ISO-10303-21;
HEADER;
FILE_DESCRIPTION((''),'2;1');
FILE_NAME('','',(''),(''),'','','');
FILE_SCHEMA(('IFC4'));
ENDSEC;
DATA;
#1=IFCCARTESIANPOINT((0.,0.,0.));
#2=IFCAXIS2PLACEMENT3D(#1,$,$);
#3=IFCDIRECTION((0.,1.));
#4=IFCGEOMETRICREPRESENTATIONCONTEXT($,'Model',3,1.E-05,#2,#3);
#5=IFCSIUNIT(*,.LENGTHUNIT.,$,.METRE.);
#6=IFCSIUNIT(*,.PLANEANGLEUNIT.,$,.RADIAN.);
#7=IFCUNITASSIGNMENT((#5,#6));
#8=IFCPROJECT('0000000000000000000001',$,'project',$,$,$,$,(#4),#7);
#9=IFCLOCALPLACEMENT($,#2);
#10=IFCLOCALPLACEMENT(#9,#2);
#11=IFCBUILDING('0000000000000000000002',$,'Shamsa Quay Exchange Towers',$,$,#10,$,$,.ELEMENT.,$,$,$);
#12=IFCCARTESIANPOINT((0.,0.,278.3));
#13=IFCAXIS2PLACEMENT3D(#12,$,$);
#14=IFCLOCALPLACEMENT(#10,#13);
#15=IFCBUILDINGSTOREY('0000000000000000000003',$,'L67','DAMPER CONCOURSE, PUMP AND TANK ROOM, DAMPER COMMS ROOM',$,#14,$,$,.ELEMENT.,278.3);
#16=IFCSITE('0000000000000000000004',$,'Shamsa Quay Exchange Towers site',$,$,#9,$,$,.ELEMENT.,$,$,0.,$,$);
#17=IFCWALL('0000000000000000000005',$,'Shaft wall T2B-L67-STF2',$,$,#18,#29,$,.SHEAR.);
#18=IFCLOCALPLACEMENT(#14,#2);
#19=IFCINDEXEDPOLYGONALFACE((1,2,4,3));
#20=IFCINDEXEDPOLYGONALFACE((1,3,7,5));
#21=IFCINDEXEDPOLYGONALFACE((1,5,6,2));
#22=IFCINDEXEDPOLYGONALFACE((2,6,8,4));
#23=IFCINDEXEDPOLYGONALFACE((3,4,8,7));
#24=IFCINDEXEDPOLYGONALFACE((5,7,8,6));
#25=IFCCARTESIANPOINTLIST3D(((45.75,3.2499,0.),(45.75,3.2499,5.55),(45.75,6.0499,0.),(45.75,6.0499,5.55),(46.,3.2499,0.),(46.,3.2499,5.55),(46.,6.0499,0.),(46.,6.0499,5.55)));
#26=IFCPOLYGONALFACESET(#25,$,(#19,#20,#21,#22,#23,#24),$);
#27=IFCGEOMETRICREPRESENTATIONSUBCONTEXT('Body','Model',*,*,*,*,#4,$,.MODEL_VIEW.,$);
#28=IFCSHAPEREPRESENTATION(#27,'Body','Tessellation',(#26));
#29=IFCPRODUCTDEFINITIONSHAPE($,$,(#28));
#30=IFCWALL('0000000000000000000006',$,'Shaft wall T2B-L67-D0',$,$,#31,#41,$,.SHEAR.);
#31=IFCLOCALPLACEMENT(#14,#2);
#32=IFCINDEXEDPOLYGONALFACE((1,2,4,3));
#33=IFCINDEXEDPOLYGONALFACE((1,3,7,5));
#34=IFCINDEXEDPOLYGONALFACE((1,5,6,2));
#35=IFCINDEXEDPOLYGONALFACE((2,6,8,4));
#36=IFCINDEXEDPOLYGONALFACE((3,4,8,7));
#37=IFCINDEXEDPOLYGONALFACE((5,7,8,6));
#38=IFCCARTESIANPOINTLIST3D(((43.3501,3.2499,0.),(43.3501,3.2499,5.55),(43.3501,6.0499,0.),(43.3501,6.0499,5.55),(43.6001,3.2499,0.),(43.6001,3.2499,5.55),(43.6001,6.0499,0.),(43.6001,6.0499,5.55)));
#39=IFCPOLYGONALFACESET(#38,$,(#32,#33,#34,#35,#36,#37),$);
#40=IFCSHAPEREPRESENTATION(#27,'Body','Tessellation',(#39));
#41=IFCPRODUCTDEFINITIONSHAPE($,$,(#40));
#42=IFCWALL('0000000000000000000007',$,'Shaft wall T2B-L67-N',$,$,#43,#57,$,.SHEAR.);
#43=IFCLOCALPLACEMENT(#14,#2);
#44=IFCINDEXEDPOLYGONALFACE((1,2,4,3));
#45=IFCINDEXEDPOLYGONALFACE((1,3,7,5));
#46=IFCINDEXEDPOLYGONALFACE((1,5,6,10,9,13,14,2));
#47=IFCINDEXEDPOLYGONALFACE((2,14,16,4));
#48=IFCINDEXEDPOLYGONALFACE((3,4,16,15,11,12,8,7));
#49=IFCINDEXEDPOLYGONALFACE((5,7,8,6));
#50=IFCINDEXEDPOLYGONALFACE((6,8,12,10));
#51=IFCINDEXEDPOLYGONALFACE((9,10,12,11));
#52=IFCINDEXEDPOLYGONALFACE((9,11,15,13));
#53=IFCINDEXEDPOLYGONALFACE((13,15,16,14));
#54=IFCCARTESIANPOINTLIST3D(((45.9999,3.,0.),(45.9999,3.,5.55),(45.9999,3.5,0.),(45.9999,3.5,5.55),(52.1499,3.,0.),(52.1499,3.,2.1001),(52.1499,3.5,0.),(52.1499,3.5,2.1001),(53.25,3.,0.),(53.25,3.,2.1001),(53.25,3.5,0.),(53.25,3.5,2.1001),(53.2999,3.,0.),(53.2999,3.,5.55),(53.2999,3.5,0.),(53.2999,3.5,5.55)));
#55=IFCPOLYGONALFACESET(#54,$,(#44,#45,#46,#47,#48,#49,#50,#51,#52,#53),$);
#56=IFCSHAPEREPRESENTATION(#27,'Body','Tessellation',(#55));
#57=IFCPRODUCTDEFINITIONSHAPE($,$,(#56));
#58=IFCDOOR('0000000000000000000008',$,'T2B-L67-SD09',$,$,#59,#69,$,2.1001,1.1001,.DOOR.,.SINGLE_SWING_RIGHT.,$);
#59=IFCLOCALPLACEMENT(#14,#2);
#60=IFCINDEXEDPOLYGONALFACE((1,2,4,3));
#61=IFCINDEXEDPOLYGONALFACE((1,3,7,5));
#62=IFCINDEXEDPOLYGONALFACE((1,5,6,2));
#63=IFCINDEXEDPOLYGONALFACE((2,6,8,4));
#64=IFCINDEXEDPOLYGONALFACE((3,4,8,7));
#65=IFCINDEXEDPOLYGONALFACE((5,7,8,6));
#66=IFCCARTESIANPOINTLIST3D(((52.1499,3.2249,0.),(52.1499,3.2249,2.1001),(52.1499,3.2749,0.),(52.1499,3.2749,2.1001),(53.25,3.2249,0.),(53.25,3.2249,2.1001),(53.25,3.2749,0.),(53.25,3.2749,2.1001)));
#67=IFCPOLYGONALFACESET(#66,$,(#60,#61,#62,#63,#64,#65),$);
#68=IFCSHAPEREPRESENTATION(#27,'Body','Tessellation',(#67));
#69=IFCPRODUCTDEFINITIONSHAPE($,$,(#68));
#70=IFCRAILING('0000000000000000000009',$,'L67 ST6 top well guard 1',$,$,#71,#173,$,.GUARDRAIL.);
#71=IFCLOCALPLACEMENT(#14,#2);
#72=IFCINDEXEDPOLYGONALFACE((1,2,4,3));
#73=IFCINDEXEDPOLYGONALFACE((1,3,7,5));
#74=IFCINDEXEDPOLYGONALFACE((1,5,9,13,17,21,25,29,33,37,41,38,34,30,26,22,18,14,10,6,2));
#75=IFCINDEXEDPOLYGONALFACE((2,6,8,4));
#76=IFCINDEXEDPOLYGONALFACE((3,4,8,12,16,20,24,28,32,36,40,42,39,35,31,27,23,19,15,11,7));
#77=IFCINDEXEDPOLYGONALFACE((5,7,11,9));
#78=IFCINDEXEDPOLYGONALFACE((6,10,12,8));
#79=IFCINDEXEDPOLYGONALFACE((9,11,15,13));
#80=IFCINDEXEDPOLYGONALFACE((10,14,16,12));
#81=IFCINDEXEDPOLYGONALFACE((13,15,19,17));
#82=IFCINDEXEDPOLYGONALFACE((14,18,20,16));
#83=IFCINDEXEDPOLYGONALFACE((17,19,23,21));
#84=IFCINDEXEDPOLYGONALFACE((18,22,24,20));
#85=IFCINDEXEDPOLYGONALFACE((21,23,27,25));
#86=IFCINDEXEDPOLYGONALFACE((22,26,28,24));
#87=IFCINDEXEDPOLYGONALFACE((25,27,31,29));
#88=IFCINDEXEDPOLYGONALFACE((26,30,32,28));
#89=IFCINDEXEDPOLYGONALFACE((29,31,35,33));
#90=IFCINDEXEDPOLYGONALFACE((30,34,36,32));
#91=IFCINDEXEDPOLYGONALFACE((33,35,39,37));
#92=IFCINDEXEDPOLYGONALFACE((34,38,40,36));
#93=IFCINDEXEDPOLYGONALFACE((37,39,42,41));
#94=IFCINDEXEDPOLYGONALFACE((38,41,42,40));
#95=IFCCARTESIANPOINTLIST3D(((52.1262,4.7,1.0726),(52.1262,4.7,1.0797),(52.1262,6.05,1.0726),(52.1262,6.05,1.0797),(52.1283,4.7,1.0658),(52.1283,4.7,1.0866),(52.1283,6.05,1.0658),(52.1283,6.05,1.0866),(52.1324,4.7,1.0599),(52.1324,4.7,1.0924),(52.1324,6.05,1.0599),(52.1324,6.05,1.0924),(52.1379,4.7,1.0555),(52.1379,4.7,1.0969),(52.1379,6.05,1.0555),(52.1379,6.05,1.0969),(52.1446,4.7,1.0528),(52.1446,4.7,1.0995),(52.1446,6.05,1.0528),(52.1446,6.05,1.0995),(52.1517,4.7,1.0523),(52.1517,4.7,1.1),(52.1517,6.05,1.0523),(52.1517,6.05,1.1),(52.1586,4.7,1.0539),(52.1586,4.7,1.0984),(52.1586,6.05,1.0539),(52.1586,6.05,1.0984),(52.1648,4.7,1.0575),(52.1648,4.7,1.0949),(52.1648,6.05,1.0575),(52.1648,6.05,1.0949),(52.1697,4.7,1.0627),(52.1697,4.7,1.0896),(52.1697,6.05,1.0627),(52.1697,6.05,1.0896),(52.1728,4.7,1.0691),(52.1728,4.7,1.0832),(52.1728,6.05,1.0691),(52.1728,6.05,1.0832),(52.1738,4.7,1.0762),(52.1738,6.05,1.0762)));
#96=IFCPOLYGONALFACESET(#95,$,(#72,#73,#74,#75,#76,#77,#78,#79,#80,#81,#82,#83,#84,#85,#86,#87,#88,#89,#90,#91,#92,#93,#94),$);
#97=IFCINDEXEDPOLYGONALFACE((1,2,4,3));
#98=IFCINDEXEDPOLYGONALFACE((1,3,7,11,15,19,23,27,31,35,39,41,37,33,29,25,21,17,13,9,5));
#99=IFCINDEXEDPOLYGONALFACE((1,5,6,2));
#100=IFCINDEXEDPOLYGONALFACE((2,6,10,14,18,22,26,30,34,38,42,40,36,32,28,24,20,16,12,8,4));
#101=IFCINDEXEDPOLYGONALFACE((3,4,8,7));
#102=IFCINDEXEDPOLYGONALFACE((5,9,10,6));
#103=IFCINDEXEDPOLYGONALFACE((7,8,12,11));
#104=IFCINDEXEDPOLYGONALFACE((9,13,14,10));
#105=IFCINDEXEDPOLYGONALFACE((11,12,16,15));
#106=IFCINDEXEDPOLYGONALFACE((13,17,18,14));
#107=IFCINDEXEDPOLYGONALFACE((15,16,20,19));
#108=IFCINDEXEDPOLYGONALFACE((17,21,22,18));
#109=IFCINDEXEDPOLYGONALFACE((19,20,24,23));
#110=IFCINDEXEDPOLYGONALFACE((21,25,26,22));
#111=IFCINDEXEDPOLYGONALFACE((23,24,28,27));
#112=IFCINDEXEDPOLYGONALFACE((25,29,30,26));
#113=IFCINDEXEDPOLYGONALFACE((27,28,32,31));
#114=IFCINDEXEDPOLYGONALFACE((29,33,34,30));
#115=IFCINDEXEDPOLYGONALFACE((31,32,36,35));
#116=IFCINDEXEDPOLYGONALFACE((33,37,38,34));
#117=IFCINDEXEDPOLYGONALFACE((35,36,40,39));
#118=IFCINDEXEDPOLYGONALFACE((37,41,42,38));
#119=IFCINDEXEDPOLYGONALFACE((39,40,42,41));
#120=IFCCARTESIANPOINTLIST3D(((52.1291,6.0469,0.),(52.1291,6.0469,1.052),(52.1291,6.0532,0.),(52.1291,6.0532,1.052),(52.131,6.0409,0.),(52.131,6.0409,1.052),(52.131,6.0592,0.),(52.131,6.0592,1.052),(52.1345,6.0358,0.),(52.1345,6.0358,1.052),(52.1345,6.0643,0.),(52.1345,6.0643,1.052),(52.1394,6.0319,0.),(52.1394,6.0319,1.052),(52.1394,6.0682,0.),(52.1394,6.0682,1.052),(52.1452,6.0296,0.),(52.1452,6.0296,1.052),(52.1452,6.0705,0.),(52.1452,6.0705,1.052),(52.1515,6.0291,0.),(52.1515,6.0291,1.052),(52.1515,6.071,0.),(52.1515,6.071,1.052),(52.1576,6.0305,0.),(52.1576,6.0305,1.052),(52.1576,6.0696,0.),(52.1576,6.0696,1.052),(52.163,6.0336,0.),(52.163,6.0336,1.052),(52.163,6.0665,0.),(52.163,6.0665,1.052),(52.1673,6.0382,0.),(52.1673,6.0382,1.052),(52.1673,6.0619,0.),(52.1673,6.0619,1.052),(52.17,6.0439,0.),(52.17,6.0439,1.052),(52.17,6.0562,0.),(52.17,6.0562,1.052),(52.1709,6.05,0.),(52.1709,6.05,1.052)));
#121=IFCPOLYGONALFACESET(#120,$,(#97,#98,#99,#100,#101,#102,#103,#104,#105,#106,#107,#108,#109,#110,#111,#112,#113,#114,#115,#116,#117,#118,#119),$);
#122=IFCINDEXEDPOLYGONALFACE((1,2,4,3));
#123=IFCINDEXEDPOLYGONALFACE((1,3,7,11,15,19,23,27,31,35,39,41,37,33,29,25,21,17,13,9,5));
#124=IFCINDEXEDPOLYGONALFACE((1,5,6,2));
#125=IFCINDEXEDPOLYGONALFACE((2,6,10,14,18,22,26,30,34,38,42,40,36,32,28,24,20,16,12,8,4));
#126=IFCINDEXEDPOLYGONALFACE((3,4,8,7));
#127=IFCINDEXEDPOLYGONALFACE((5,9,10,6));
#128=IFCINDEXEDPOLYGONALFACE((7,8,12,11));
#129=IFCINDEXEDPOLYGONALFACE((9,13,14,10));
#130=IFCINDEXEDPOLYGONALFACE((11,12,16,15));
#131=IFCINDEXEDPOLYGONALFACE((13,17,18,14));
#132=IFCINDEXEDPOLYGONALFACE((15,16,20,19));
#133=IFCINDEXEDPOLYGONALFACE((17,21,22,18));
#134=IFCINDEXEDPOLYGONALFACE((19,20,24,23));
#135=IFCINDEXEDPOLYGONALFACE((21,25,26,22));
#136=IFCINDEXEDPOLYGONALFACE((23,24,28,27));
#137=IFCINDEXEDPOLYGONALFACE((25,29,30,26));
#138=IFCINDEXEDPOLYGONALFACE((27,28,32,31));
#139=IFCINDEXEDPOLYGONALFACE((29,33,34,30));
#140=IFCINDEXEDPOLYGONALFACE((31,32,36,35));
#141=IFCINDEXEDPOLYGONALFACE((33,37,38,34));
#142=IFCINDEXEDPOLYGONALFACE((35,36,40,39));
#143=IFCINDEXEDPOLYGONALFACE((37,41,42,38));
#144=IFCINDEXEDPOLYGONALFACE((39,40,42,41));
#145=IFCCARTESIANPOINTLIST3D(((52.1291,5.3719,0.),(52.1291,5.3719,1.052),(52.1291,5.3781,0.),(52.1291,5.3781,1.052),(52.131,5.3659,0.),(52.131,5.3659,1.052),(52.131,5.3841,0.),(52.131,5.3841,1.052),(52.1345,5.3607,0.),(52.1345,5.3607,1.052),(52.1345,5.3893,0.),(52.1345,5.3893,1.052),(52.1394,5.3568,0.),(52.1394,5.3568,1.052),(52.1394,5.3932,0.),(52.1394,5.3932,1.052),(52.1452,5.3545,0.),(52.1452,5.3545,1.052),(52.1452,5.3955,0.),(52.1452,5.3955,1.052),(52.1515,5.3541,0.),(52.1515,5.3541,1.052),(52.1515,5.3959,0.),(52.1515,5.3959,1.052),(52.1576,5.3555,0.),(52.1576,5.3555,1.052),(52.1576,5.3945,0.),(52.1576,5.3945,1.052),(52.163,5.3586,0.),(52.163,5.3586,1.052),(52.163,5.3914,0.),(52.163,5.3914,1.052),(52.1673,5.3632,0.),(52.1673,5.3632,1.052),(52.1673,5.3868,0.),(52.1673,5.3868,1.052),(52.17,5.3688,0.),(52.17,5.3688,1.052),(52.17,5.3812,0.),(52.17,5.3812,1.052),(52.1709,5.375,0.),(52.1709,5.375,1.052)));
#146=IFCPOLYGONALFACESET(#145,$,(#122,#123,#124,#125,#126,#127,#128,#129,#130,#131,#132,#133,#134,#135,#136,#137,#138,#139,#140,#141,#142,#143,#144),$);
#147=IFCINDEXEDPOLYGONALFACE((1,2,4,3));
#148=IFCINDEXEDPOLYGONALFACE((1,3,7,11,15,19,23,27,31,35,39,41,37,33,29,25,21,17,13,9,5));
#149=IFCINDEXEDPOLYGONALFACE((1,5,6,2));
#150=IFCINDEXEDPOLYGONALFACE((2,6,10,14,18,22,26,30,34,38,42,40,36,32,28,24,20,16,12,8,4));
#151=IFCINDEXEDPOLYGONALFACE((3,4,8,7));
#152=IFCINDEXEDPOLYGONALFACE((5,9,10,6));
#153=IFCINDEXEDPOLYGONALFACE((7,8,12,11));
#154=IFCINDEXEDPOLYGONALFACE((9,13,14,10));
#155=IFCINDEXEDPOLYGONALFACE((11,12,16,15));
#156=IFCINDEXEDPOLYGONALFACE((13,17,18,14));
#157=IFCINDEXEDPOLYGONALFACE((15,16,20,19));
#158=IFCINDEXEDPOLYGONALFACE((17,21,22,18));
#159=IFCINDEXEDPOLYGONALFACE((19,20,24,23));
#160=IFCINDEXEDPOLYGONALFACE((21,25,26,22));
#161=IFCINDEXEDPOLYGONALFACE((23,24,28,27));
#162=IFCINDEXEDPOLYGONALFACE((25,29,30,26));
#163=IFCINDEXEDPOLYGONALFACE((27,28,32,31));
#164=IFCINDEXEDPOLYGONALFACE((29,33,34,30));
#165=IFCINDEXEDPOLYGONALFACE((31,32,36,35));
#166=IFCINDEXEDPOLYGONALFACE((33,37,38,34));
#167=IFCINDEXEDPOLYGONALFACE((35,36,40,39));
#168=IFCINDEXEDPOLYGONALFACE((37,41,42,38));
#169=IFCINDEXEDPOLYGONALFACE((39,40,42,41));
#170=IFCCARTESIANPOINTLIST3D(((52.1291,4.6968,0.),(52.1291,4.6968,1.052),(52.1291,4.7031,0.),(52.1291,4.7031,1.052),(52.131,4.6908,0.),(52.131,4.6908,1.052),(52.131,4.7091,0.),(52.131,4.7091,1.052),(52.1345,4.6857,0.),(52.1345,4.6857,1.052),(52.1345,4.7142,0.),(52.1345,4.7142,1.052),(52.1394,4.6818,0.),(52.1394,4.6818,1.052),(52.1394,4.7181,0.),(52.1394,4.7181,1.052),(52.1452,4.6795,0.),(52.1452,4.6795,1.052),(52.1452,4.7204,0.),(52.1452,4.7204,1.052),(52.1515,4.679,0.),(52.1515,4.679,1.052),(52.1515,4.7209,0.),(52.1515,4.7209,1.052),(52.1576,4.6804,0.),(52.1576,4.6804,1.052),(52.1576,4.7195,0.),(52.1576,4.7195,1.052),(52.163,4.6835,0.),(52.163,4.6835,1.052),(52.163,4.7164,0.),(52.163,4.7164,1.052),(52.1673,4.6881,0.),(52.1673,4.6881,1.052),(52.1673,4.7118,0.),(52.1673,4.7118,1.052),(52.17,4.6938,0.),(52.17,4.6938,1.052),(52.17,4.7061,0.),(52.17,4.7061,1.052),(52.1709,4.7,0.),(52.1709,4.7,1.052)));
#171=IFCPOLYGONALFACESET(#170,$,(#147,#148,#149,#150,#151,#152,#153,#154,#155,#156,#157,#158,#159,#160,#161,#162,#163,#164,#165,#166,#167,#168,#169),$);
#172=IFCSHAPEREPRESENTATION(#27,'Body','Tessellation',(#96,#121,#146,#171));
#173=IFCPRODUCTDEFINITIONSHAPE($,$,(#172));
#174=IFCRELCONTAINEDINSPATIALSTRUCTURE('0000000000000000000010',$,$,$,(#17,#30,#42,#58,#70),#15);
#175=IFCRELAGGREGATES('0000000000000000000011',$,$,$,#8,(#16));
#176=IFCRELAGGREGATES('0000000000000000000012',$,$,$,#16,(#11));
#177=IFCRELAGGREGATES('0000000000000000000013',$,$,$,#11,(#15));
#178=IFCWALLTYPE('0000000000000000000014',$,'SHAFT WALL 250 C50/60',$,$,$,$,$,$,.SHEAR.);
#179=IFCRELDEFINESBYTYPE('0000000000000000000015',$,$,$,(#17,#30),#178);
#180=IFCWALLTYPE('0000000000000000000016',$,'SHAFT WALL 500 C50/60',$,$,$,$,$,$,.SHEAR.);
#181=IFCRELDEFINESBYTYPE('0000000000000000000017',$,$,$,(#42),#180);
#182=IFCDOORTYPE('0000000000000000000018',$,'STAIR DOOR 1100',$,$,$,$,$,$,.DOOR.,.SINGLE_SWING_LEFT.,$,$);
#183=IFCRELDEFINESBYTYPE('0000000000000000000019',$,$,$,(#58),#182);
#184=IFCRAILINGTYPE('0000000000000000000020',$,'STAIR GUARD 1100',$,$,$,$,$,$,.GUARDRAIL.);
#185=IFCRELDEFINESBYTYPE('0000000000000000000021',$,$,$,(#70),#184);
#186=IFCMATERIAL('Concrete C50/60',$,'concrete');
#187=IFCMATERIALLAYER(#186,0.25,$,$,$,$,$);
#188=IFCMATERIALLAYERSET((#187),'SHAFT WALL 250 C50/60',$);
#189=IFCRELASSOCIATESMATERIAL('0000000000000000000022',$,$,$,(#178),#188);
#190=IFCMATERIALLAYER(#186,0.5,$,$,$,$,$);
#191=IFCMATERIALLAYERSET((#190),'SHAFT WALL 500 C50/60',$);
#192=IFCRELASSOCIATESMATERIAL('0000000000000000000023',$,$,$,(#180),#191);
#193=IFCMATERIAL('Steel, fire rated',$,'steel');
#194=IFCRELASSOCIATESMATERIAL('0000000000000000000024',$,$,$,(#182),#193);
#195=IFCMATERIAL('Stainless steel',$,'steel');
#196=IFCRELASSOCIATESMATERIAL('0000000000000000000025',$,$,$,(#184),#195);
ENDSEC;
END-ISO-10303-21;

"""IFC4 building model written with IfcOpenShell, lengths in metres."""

from ifc_helpers import new_model, si_unit, direction, frame, frame_2d, origin, origin_2d, place, context, subcontext, project, spatial, rectangle, circle, extrude, material, layer, layer_set, type_object, element, fill, save


model = new_model("IFC4")

# Units and contexts
model_context = context("Model", 3, precision=1e-05, world=origin(), true_north=direction((0.0, 1.0)))
body_context = subcontext(model_context, "Body", "Model", "MODEL_VIEW")
ifc_project = project(units=[si_unit("LENGTHUNIT", "METRE"), si_unit("PLANEANGLEUNIT", "RADIAN")], contexts=[model_context])

# Site, building, storey
site_placement = place(None, origin())
site = spatial("IfcSite", under=ifc_project, at=site_placement, Name="Shamsa Quay Exchange Towers site", CompositionType="ELEMENT", RefElevation=0.0)
building_placement = place(site_placement, origin())
building = spatial("IfcBuilding", under=site, at=building_placement, Name="Shamsa Quay Exchange Towers", CompositionType="ELEMENT")
storey_placement = place(building_placement, frame((0.0, 0.0, 278.3)))
storey = spatial("IfcBuildingStorey", under=building, at=storey_placement, Name="L67", Description="DAMPER CONCOURSE, PUMP AND TANK ROOM, DAMPER COMMS ROOM", CompositionType="ELEMENT", Elevation=278.3)

# Shared definitions
ifc_material_1 = material(Name="Concrete C50/60", Category="concrete")
ifc_layer_1 = layer(ifc_material_1, 0.25)
ifc_layer_set_1 = layer_set([ifc_layer_1], Name="SHAFT WALL 250 C50/60")
wall_type_1 = type_object("IfcWallType", Name="SHAFT WALL 250 C50/60", PredefinedType="SHEAR", material=ifc_layer_set_1)
ifc_material_2 = material(Name="Steel, fire rated", Category="steel")

# Walls
for number, where, z_axis, x_axis, name in (
    (1, (45.875, 3.25, 0.0), (0.0, 0.0, 1.0), (0.0, 1.0, 0.0), "Shaft wall T2B-L67-STF2"),
    (2, (43.4751, 3.25, 0.0), (0.0, 0.0, 1.0), (0.0, 1.0, 0.0), "Shaft wall T2B-L67-D0"),
):
    element("IfcWall", number, at=place(storey_placement, frame(where, z_axis=z_axis, x_axis=x_axis)), inside=storey, type_object=wall_type_1, Name=name, PredefinedType="SHEAR", context=body_context, shape_type="SweptSolid", body=[
        extrude(rectangle(XDim=2.8, YDim=0.25, at=frame_2d((1.3999, 0.0))), origin(), (0.0, 0.0, 1.0), 5.55),
    ])

# Wall, opening, door
ifc_layer_2 = layer(ifc_material_1, 0.5)
ifc_layer_set_2 = layer_set([ifc_layer_2], Name="SHAFT WALL 500 C50/60")
wall_type_2 = type_object("IfcWallType", Name="SHAFT WALL 500 C50/60", PredefinedType="SHEAR", material=ifc_layer_set_2)
wall_1_placement = place(storey_placement, frame((46.0, 3.25, 0.0)))
wall_1 = element("IfcWall", 3, at=wall_1_placement, inside=storey, type_object=wall_type_2, Name="Shaft wall T2B-L67-N", PredefinedType="SHEAR", context=body_context, shape_type="SweptSolid", body=[
    extrude(rectangle(XDim=7.3, YDim=0.5, at=frame_2d((3.6499, 0.0))), origin(), (0.0, 0.0, 1.0), 5.55),
])
opening_1_placement = place(wall_1_placement, frame((6.1499, 0.0, 0.0)))
opening_1 = element("IfcOpeningElement", 4, at=opening_1_placement, cuts=wall_1, PredefinedType="OPENING", context=body_context, shape_type="SweptSolid", body=[
    extrude(rectangle(XDim=1.1001, YDim=2.1001, at=frame_2d((0.55, 1.05))), frame((0.0, 0.26, 0.0), z_axis=(0.0, -1.0, 0.0), x_axis=(1.0, 0.0, 0.0)), (0.0, 0.0, 1.0), 0.52),
])
door_type_1 = type_object("IfcDoorType", Name="STAIR DOOR 1100", OperationType="SINGLE_SWING_LEFT", PredefinedType="DOOR", material=ifc_material_2)
door_1_placement = place(opening_1_placement, origin())
door_1 = element("IfcDoor", 5, at=door_1_placement, inside=storey, type_object=door_type_1, Name="T2B-L67-SD09", OperationType="SINGLE_SWING_RIGHT", OverallHeight=2.1001, OverallWidth=1.1001, PredefinedType="DOOR", context=body_context, shape_type="SweptSolid", body=[
    extrude(rectangle(XDim=1.1001, YDim=2.1001, at=frame_2d((0.55, 1.05))), frame((0.0, 0.0249, 0.0), z_axis=(0.0, -1.0, 0.0), x_axis=(1.0, 0.0, 0.0)), (0.0, 0.0, 1.0), 0.05),
])
fill(opening_1, door_1)

# Railing
ifc_material_3 = material(Name="Stainless steel", Category="steel")
railing_type = type_object("IfcRailingType", Name="STAIR GUARD 1100", PredefinedType="GUARDRAIL", material=ifc_material_3)
railing_placement = place(storey_placement, frame((52.1499, 6.05, 0.0)))
element("IfcRailing", 6, at=railing_placement, inside=storey, type_object=railing_type, Name="L67 ST6 top well guard 1", PredefinedType="GUARDRAIL", context=body_context, shape_type="SweptSolid", body=[
    extrude(circle(Radius=0.0239, at=origin_2d()), frame((0.0, 0.0, 1.0762), z_axis=(0.0, -1.0, 0.0), x_axis=(1.0, 0.0, 0.0)), (0.0, 0.0, 1.0), 1.3501),
    extrude(circle(Radius=0.021, at=origin_2d()), origin(), (0.0, 0.0, 1.0), 1.052),
    extrude(circle(Radius=0.021, at=origin_2d()), frame((0.0, -0.675, 0.0)), (0.0, 0.0, 1.0), 1.052),
    extrude(circle(Radius=0.021, at=origin_2d()), frame((0.0, -1.3501, 0.0)), (0.0, 0.0, 1.0), 1.052),
])

save(model, "model.ifc")
